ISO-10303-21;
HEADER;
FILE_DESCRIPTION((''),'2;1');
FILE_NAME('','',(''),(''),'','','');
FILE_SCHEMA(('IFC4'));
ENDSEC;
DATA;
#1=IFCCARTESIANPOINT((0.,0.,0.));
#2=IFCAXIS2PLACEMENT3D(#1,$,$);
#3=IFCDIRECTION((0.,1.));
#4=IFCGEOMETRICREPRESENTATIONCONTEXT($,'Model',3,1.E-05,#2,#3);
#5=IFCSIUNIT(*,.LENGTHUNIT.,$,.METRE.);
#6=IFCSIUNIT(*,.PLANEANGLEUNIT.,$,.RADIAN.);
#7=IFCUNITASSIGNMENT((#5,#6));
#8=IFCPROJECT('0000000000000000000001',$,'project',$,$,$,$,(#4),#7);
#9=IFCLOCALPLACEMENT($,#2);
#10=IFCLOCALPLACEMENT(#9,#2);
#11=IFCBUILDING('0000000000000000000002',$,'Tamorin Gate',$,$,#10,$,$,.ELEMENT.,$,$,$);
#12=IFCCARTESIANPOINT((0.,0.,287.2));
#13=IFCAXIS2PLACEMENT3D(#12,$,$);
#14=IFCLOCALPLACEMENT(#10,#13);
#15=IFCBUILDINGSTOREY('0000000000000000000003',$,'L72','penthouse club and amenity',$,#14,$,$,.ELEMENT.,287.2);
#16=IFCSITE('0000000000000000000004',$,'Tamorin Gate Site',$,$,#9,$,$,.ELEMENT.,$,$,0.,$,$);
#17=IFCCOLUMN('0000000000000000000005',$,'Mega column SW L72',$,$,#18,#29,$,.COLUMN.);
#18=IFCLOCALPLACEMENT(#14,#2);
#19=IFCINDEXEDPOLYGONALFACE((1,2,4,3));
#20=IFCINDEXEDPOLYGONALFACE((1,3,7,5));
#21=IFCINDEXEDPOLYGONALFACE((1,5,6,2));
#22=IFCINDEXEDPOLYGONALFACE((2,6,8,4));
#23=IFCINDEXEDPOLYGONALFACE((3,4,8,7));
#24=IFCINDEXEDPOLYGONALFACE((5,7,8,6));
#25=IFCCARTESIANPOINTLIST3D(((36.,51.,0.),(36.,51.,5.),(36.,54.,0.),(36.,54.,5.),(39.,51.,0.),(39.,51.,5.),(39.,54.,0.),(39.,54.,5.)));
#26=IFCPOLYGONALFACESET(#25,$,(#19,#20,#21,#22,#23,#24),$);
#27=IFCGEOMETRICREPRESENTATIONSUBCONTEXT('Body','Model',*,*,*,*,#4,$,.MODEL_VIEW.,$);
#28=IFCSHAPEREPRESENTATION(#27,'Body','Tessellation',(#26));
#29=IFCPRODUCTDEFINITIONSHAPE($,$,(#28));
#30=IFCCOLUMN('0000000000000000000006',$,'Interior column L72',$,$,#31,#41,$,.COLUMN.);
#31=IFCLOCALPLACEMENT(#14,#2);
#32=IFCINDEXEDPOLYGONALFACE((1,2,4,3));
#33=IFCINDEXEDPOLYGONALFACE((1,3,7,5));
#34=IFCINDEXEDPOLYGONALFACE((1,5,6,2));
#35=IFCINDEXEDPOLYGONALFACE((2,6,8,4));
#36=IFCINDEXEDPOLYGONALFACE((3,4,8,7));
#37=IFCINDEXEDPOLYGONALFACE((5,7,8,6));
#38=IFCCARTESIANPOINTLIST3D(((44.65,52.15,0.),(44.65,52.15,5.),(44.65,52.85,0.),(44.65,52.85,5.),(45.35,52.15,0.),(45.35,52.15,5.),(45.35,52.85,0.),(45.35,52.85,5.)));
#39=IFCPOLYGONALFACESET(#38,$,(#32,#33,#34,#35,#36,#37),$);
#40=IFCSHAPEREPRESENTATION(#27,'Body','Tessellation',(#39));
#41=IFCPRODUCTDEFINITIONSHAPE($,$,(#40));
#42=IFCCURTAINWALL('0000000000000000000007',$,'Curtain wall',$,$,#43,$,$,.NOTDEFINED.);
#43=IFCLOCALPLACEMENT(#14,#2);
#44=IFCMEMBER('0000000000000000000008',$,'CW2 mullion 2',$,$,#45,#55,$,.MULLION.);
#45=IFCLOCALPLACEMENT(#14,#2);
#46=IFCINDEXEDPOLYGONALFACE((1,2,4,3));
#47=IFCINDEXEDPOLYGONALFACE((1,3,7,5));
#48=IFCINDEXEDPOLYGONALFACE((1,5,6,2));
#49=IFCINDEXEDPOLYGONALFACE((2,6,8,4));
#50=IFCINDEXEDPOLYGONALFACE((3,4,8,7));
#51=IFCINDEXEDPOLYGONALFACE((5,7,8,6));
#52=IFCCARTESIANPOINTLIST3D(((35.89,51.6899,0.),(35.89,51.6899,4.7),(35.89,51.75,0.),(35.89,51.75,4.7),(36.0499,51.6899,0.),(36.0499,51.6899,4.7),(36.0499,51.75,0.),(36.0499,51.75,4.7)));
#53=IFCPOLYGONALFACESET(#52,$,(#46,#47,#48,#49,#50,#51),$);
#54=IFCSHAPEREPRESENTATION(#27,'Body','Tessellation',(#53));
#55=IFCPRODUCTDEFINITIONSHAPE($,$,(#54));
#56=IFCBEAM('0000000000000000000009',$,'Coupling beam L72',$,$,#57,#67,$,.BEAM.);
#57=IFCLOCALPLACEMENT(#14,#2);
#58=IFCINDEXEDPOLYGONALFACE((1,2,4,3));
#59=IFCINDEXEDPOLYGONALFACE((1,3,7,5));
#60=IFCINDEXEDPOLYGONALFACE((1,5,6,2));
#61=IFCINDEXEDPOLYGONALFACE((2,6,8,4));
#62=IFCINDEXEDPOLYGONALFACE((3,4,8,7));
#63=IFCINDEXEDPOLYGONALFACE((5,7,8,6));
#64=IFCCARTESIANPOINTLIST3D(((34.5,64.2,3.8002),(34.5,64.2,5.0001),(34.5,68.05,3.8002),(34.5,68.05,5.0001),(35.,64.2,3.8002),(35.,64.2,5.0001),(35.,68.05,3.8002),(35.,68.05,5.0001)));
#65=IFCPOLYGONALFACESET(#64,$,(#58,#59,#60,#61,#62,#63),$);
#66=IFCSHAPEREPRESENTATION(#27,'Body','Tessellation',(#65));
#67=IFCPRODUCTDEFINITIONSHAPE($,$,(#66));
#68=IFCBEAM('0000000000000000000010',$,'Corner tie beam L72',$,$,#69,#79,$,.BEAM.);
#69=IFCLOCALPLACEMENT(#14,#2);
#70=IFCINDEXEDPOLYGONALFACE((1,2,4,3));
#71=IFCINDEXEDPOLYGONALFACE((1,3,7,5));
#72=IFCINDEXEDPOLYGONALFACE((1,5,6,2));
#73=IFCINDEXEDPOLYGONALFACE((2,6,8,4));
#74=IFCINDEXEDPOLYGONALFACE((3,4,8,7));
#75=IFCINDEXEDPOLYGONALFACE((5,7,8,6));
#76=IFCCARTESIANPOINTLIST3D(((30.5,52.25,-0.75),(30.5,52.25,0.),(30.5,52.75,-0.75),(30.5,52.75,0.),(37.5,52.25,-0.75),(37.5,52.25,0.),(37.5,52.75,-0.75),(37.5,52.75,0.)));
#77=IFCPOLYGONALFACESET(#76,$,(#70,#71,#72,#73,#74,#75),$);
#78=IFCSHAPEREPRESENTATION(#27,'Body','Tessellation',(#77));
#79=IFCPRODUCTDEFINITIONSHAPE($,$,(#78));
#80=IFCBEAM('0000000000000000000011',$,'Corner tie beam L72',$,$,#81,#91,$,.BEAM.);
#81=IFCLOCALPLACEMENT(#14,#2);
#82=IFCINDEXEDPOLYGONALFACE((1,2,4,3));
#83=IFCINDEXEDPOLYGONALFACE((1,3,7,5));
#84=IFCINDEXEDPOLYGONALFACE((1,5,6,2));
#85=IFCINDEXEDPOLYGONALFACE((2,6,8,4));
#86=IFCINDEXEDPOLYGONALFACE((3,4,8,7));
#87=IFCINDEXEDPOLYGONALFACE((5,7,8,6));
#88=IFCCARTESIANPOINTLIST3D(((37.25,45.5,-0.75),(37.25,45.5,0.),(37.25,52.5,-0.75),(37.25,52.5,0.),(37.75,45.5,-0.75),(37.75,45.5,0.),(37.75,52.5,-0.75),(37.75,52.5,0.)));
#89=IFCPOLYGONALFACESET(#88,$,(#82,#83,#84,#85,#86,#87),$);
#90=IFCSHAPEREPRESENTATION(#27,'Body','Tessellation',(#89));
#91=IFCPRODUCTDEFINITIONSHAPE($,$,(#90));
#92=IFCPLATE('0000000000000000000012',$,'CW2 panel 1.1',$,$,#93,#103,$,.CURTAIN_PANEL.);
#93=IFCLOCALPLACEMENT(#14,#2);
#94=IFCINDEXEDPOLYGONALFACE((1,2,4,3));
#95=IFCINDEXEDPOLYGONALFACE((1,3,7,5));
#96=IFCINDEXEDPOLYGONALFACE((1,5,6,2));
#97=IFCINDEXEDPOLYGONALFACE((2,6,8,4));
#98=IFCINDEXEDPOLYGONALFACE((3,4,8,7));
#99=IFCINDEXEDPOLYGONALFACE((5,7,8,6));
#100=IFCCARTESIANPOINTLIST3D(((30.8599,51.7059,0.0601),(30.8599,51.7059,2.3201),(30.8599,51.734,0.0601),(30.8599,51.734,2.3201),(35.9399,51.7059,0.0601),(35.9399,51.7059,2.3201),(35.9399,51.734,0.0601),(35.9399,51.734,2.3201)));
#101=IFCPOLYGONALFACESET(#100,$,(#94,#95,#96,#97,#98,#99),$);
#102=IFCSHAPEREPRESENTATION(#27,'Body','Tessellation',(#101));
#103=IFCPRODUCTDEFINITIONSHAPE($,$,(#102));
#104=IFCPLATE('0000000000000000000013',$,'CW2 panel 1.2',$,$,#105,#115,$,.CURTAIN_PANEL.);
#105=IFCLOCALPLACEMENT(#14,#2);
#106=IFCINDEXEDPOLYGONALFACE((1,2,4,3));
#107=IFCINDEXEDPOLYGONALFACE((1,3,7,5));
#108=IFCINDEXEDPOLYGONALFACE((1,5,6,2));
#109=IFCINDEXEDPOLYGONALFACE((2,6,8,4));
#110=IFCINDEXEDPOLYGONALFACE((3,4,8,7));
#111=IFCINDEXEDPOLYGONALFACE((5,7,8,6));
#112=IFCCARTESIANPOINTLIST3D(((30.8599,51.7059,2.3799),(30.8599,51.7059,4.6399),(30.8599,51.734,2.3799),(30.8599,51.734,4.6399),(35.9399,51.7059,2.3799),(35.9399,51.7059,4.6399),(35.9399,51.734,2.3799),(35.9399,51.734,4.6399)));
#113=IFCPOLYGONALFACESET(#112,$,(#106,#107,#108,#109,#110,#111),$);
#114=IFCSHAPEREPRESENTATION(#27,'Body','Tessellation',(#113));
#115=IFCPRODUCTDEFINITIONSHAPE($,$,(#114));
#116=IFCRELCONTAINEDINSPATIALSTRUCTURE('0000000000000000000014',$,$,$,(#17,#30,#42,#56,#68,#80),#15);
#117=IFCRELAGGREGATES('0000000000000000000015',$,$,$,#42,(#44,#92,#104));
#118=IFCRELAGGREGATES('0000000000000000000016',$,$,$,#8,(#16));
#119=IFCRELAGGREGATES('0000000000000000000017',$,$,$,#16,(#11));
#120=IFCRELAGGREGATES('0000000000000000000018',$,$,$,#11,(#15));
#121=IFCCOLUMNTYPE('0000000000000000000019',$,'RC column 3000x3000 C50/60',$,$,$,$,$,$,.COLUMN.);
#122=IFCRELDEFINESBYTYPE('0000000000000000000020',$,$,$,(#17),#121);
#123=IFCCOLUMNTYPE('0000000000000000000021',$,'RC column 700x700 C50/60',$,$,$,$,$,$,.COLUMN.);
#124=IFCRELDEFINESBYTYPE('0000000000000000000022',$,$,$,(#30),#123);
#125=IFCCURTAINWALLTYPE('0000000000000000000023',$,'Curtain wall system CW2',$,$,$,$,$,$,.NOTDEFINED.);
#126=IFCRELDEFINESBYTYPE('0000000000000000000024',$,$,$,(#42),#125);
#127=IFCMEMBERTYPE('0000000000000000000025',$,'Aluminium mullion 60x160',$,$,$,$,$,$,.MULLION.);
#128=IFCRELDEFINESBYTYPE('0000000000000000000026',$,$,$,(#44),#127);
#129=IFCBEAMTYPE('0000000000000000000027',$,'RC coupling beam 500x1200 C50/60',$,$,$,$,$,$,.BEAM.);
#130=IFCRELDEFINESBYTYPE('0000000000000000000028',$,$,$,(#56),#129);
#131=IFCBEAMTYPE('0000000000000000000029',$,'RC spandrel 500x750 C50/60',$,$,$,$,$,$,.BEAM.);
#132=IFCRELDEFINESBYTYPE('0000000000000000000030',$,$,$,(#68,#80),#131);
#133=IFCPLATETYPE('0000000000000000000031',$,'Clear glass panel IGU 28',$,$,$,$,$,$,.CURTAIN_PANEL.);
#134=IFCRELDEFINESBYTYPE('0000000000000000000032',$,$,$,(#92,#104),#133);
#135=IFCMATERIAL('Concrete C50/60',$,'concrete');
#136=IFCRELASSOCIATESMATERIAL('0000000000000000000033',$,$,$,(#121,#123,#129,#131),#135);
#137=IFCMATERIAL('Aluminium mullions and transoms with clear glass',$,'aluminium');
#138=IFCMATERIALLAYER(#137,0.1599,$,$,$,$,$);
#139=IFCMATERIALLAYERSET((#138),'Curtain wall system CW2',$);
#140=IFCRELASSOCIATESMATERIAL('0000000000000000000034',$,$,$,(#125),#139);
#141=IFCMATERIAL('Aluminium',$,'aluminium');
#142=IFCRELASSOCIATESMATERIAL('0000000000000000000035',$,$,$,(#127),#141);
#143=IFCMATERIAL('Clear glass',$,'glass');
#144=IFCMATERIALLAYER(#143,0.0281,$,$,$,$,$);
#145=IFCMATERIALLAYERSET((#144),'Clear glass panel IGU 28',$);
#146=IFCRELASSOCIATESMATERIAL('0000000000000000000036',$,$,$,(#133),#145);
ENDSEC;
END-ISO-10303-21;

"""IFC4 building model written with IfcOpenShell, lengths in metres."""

from ifc_helpers import new_model, si_unit, direction, frame, origin, origin_2d, place, context, subcontext, project, spatial, rectangle, extrude, material, layer, layer_set, material_profile, profile_set, type_object, element, aggregate, save


model = new_model("IFC4")

# Units and contexts
model_context = context("Model", 3, precision=1e-05, world=origin(), true_north=direction((0.0, 1.0)))
body_context = subcontext(model_context, "Body", "Model", "MODEL_VIEW")
ifc_project = project(units=[si_unit("LENGTHUNIT", "METRE"), si_unit("PLANEANGLEUNIT", "RADIAN")], contexts=[model_context])

# Site, building, storey
site_placement = place(None, origin())
site = spatial("IfcSite", under=ifc_project, at=site_placement, Name="Tamorin Gate Site", CompositionType="ELEMENT", RefElevation=0.0)
building_placement = place(site_placement, origin())
building = spatial("IfcBuilding", under=site, at=building_placement, Name="Tamorin Gate", CompositionType="ELEMENT")
storey_placement = place(building_placement, frame((0.0, 0.0, 287.2)))
storey = spatial("IfcBuildingStorey", under=building, at=storey_placement, Name="L72", Description="penthouse club and amenity", CompositionType="ELEMENT", Elevation=287.2)

# Columns
ifc_material_1 = material(Name="Concrete C50/60", Category="concrete")
ifc_material_profile_1 = material_profile(ifc_material_1, rectangle(XDim=3.0, YDim=3.0, at=origin_2d()), Name="RC 3000x3000")
ifc_profile_set_1 = profile_set([ifc_material_profile_1], Name="Concrete C50/60")
column_type_1 = type_object("IfcColumnType", Name="RC column 3000x3000 C50/60", PredefinedType="COLUMN", material=ifc_profile_set_1)
column_1_placement = place(storey_placement, frame((37.5, 52.5, 0.0), z_axis=(0.0, 0.0, 1.0), x_axis=(1.0, 0.0, 0.0)))
element("IfcColumn", 1, at=column_1_placement, inside=storey, type_object=column_type_1, Name="Mega column SW L72", PredefinedType="COLUMN", context=body_context, shape_type="SweptSolid", body=[
    extrude(rectangle(XDim=3.0, YDim=3.0, at=origin_2d()), origin(), (0.0, 0.0, 1.0), 5.0),
])
ifc_material_profile_2 = material_profile(ifc_material_1, rectangle(XDim=0.7, YDim=0.7, at=origin_2d()), Name="RC 700x700")
ifc_profile_set_2 = profile_set([ifc_material_profile_2], Name="Concrete C50/60")
column_type_2 = type_object("IfcColumnType", Name="RC column 700x700 C50/60", PredefinedType="COLUMN", material=ifc_profile_set_2)
column_2_placement = place(storey_placement, frame((45.0, 52.5, 0.0), z_axis=(0.0, 0.0, 1.0), x_axis=(1.0, 0.0, 0.0)))
element("IfcColumn", 2, at=column_2_placement, inside=storey, type_object=column_type_2, Name="Interior column L72", PredefinedType="COLUMN", context=body_context, shape_type="SweptSolid", body=[
    extrude(rectangle(XDim=0.7, YDim=0.7, at=origin_2d()), origin(), (0.0, 0.0, 1.0), 5.0),
])

# Curtain wall, member
ifc_material_2 = material(Name="Aluminium mullions and transoms with clear glass", Category="aluminium")
ifc_layer_1 = layer(ifc_material_2, 0.1599)
ifc_layer_set_1 = layer_set([ifc_layer_1], Name="Curtain wall system CW2")
curtain_wall_type = type_object("IfcCurtainWallType", Name="Curtain wall system CW2", PredefinedType="NOTDEFINED", material=ifc_layer_set_1)
curtain_wall_placement = place(storey_placement, origin())
curtain_wall = element("IfcCurtainWall", 3, at=curtain_wall_placement, inside=storey, type_object=curtain_wall_type, Name="Curtain wall", PredefinedType="NOTDEFINED")
ifc_material_3 = material(Name="Aluminium", Category="aluminium")
ifc_material_profile_3 = material_profile(ifc_material_3, rectangle(XDim=0.0601, YDim=0.1599, at=origin_2d()), Name="RECT 60x160")
ifc_profile_set_3 = profile_set([ifc_material_profile_3], Name="Aluminium")
member_type = type_object("IfcMemberType", Name="Aluminium mullion 60x160", PredefinedType="MULLION", material=ifc_profile_set_3)
member_placement = place(storey_placement, frame((35.97, 51.72, 0.0), z_axis=(0.0, 0.0, 1.0), x_axis=(0.0, 1.0, 0.0)))
member = element("IfcMember", 4, at=member_placement, type_object=member_type, Name="CW2 mullion 2", PredefinedType="MULLION", context=body_context, shape_type="SweptSolid", body=[
    extrude(rectangle(XDim=0.0601, YDim=0.1599, at=origin_2d()), origin(), (0.0, 0.0, 1.0), 4.7),
])

# Beams
ifc_material_profile_4 = material_profile(ifc_material_1, rectangle(XDim=0.5, YDim=1.2, at=origin_2d()), Name="RC 500x1200")
ifc_profile_set_4 = profile_set([ifc_material_profile_4], Name="Concrete C50/60")
beam_type_1 = type_object("IfcBeamType", Name="RC coupling beam 500x1200 C50/60", PredefinedType="BEAM", material=ifc_profile_set_4)
beam_placement = place(storey_placement, frame((34.75, 64.2, 4.4001), z_axis=(0.0, 1.0, 0.0), x_axis=(-1.0, 0.0, 0.0)))
element("IfcBeam", 5, at=beam_placement, inside=storey, type_object=beam_type_1, Name="Coupling beam L72", PredefinedType="BEAM", context=body_context, shape_type="SweptSolid", body=[
    extrude(rectangle(XDim=0.5, YDim=1.2, at=origin_2d()), origin(), (0.0, 0.0, 1.0), 3.8501),
])
ifc_material_profile_5 = material_profile(ifc_material_1, rectangle(XDim=0.5, YDim=0.75, at=origin_2d()), Name="RC 500x750")
ifc_profile_set_5 = profile_set([ifc_material_profile_5], Name="Concrete C50/60")
beam_type_2 = type_object("IfcBeamType", Name="RC spandrel 500x750 C50/60", PredefinedType="BEAM", material=ifc_profile_set_5)
for number, where, z_axis, x_axis, name in (
    (6, (37.5, 52.5, -0.375), (-1.0, 0.0, 0.0), (0.0, -1.0, 0.0), "Corner tie beam L72"),
    (7, (37.5, 52.5, -0.375), (0.0, -1.0, 0.0), (1.0, 0.0, 0.0), "Corner tie beam L72"),
):
    element("IfcBeam", number, at=place(storey_placement, frame(where, z_axis=z_axis, x_axis=x_axis)), inside=storey, type_object=beam_type_2, Name=name, PredefinedType="BEAM", context=body_context, shape_type="SweptSolid", body=[
        extrude(rectangle(XDim=0.5, YDim=0.75, at=origin_2d()), origin(), (0.0, 0.0, 1.0), 7.0),
    ])

# Plates
ifc_material_4 = material(Name="Clear glass", Category="glass")
ifc_layer_2 = layer(ifc_material_4, 0.0281)
ifc_layer_set_2 = layer_set([ifc_layer_2], Name="Clear glass panel IGU 28")
plate_type = type_object("IfcPlateType", Name="Clear glass panel IGU 28", PredefinedType="CURTAIN_PANEL", material=ifc_layer_set_2)
plate_1_placement = place(storey_placement, frame((33.3999, 51.72, 0.0601), z_axis=(0.0, 0.0, 1.0), x_axis=(1.0, 0.0, 0.0)))
plate_1 = element("IfcPlate", 8, at=plate_1_placement, type_object=plate_type, Name="CW2 panel 1.1", PredefinedType="CURTAIN_PANEL", context=body_context, shape_type="SweptSolid", body=[
    extrude(rectangle(XDim=5.0801, YDim=0.0281, at=origin_2d()), origin(), (0.0, 0.0, 1.0), 2.26),
])
plate_2_placement = place(storey_placement, frame((33.3999, 51.72, 2.3799), z_axis=(0.0, 0.0, 1.0), x_axis=(1.0, 0.0, 0.0)))
plate_2 = element("IfcPlate", 9, at=plate_2_placement, type_object=plate_type, Name="CW2 panel 1.2", PredefinedType="CURTAIN_PANEL", context=body_context, shape_type="SweptSolid", body=[
    extrude(rectangle(XDim=5.0801, YDim=0.0281, at=origin_2d()), origin(), (0.0, 0.0, 1.0), 2.26),
])
aggregate(curtain_wall, [member, plate_1, plate_2])

save(model, "model.ifc")
